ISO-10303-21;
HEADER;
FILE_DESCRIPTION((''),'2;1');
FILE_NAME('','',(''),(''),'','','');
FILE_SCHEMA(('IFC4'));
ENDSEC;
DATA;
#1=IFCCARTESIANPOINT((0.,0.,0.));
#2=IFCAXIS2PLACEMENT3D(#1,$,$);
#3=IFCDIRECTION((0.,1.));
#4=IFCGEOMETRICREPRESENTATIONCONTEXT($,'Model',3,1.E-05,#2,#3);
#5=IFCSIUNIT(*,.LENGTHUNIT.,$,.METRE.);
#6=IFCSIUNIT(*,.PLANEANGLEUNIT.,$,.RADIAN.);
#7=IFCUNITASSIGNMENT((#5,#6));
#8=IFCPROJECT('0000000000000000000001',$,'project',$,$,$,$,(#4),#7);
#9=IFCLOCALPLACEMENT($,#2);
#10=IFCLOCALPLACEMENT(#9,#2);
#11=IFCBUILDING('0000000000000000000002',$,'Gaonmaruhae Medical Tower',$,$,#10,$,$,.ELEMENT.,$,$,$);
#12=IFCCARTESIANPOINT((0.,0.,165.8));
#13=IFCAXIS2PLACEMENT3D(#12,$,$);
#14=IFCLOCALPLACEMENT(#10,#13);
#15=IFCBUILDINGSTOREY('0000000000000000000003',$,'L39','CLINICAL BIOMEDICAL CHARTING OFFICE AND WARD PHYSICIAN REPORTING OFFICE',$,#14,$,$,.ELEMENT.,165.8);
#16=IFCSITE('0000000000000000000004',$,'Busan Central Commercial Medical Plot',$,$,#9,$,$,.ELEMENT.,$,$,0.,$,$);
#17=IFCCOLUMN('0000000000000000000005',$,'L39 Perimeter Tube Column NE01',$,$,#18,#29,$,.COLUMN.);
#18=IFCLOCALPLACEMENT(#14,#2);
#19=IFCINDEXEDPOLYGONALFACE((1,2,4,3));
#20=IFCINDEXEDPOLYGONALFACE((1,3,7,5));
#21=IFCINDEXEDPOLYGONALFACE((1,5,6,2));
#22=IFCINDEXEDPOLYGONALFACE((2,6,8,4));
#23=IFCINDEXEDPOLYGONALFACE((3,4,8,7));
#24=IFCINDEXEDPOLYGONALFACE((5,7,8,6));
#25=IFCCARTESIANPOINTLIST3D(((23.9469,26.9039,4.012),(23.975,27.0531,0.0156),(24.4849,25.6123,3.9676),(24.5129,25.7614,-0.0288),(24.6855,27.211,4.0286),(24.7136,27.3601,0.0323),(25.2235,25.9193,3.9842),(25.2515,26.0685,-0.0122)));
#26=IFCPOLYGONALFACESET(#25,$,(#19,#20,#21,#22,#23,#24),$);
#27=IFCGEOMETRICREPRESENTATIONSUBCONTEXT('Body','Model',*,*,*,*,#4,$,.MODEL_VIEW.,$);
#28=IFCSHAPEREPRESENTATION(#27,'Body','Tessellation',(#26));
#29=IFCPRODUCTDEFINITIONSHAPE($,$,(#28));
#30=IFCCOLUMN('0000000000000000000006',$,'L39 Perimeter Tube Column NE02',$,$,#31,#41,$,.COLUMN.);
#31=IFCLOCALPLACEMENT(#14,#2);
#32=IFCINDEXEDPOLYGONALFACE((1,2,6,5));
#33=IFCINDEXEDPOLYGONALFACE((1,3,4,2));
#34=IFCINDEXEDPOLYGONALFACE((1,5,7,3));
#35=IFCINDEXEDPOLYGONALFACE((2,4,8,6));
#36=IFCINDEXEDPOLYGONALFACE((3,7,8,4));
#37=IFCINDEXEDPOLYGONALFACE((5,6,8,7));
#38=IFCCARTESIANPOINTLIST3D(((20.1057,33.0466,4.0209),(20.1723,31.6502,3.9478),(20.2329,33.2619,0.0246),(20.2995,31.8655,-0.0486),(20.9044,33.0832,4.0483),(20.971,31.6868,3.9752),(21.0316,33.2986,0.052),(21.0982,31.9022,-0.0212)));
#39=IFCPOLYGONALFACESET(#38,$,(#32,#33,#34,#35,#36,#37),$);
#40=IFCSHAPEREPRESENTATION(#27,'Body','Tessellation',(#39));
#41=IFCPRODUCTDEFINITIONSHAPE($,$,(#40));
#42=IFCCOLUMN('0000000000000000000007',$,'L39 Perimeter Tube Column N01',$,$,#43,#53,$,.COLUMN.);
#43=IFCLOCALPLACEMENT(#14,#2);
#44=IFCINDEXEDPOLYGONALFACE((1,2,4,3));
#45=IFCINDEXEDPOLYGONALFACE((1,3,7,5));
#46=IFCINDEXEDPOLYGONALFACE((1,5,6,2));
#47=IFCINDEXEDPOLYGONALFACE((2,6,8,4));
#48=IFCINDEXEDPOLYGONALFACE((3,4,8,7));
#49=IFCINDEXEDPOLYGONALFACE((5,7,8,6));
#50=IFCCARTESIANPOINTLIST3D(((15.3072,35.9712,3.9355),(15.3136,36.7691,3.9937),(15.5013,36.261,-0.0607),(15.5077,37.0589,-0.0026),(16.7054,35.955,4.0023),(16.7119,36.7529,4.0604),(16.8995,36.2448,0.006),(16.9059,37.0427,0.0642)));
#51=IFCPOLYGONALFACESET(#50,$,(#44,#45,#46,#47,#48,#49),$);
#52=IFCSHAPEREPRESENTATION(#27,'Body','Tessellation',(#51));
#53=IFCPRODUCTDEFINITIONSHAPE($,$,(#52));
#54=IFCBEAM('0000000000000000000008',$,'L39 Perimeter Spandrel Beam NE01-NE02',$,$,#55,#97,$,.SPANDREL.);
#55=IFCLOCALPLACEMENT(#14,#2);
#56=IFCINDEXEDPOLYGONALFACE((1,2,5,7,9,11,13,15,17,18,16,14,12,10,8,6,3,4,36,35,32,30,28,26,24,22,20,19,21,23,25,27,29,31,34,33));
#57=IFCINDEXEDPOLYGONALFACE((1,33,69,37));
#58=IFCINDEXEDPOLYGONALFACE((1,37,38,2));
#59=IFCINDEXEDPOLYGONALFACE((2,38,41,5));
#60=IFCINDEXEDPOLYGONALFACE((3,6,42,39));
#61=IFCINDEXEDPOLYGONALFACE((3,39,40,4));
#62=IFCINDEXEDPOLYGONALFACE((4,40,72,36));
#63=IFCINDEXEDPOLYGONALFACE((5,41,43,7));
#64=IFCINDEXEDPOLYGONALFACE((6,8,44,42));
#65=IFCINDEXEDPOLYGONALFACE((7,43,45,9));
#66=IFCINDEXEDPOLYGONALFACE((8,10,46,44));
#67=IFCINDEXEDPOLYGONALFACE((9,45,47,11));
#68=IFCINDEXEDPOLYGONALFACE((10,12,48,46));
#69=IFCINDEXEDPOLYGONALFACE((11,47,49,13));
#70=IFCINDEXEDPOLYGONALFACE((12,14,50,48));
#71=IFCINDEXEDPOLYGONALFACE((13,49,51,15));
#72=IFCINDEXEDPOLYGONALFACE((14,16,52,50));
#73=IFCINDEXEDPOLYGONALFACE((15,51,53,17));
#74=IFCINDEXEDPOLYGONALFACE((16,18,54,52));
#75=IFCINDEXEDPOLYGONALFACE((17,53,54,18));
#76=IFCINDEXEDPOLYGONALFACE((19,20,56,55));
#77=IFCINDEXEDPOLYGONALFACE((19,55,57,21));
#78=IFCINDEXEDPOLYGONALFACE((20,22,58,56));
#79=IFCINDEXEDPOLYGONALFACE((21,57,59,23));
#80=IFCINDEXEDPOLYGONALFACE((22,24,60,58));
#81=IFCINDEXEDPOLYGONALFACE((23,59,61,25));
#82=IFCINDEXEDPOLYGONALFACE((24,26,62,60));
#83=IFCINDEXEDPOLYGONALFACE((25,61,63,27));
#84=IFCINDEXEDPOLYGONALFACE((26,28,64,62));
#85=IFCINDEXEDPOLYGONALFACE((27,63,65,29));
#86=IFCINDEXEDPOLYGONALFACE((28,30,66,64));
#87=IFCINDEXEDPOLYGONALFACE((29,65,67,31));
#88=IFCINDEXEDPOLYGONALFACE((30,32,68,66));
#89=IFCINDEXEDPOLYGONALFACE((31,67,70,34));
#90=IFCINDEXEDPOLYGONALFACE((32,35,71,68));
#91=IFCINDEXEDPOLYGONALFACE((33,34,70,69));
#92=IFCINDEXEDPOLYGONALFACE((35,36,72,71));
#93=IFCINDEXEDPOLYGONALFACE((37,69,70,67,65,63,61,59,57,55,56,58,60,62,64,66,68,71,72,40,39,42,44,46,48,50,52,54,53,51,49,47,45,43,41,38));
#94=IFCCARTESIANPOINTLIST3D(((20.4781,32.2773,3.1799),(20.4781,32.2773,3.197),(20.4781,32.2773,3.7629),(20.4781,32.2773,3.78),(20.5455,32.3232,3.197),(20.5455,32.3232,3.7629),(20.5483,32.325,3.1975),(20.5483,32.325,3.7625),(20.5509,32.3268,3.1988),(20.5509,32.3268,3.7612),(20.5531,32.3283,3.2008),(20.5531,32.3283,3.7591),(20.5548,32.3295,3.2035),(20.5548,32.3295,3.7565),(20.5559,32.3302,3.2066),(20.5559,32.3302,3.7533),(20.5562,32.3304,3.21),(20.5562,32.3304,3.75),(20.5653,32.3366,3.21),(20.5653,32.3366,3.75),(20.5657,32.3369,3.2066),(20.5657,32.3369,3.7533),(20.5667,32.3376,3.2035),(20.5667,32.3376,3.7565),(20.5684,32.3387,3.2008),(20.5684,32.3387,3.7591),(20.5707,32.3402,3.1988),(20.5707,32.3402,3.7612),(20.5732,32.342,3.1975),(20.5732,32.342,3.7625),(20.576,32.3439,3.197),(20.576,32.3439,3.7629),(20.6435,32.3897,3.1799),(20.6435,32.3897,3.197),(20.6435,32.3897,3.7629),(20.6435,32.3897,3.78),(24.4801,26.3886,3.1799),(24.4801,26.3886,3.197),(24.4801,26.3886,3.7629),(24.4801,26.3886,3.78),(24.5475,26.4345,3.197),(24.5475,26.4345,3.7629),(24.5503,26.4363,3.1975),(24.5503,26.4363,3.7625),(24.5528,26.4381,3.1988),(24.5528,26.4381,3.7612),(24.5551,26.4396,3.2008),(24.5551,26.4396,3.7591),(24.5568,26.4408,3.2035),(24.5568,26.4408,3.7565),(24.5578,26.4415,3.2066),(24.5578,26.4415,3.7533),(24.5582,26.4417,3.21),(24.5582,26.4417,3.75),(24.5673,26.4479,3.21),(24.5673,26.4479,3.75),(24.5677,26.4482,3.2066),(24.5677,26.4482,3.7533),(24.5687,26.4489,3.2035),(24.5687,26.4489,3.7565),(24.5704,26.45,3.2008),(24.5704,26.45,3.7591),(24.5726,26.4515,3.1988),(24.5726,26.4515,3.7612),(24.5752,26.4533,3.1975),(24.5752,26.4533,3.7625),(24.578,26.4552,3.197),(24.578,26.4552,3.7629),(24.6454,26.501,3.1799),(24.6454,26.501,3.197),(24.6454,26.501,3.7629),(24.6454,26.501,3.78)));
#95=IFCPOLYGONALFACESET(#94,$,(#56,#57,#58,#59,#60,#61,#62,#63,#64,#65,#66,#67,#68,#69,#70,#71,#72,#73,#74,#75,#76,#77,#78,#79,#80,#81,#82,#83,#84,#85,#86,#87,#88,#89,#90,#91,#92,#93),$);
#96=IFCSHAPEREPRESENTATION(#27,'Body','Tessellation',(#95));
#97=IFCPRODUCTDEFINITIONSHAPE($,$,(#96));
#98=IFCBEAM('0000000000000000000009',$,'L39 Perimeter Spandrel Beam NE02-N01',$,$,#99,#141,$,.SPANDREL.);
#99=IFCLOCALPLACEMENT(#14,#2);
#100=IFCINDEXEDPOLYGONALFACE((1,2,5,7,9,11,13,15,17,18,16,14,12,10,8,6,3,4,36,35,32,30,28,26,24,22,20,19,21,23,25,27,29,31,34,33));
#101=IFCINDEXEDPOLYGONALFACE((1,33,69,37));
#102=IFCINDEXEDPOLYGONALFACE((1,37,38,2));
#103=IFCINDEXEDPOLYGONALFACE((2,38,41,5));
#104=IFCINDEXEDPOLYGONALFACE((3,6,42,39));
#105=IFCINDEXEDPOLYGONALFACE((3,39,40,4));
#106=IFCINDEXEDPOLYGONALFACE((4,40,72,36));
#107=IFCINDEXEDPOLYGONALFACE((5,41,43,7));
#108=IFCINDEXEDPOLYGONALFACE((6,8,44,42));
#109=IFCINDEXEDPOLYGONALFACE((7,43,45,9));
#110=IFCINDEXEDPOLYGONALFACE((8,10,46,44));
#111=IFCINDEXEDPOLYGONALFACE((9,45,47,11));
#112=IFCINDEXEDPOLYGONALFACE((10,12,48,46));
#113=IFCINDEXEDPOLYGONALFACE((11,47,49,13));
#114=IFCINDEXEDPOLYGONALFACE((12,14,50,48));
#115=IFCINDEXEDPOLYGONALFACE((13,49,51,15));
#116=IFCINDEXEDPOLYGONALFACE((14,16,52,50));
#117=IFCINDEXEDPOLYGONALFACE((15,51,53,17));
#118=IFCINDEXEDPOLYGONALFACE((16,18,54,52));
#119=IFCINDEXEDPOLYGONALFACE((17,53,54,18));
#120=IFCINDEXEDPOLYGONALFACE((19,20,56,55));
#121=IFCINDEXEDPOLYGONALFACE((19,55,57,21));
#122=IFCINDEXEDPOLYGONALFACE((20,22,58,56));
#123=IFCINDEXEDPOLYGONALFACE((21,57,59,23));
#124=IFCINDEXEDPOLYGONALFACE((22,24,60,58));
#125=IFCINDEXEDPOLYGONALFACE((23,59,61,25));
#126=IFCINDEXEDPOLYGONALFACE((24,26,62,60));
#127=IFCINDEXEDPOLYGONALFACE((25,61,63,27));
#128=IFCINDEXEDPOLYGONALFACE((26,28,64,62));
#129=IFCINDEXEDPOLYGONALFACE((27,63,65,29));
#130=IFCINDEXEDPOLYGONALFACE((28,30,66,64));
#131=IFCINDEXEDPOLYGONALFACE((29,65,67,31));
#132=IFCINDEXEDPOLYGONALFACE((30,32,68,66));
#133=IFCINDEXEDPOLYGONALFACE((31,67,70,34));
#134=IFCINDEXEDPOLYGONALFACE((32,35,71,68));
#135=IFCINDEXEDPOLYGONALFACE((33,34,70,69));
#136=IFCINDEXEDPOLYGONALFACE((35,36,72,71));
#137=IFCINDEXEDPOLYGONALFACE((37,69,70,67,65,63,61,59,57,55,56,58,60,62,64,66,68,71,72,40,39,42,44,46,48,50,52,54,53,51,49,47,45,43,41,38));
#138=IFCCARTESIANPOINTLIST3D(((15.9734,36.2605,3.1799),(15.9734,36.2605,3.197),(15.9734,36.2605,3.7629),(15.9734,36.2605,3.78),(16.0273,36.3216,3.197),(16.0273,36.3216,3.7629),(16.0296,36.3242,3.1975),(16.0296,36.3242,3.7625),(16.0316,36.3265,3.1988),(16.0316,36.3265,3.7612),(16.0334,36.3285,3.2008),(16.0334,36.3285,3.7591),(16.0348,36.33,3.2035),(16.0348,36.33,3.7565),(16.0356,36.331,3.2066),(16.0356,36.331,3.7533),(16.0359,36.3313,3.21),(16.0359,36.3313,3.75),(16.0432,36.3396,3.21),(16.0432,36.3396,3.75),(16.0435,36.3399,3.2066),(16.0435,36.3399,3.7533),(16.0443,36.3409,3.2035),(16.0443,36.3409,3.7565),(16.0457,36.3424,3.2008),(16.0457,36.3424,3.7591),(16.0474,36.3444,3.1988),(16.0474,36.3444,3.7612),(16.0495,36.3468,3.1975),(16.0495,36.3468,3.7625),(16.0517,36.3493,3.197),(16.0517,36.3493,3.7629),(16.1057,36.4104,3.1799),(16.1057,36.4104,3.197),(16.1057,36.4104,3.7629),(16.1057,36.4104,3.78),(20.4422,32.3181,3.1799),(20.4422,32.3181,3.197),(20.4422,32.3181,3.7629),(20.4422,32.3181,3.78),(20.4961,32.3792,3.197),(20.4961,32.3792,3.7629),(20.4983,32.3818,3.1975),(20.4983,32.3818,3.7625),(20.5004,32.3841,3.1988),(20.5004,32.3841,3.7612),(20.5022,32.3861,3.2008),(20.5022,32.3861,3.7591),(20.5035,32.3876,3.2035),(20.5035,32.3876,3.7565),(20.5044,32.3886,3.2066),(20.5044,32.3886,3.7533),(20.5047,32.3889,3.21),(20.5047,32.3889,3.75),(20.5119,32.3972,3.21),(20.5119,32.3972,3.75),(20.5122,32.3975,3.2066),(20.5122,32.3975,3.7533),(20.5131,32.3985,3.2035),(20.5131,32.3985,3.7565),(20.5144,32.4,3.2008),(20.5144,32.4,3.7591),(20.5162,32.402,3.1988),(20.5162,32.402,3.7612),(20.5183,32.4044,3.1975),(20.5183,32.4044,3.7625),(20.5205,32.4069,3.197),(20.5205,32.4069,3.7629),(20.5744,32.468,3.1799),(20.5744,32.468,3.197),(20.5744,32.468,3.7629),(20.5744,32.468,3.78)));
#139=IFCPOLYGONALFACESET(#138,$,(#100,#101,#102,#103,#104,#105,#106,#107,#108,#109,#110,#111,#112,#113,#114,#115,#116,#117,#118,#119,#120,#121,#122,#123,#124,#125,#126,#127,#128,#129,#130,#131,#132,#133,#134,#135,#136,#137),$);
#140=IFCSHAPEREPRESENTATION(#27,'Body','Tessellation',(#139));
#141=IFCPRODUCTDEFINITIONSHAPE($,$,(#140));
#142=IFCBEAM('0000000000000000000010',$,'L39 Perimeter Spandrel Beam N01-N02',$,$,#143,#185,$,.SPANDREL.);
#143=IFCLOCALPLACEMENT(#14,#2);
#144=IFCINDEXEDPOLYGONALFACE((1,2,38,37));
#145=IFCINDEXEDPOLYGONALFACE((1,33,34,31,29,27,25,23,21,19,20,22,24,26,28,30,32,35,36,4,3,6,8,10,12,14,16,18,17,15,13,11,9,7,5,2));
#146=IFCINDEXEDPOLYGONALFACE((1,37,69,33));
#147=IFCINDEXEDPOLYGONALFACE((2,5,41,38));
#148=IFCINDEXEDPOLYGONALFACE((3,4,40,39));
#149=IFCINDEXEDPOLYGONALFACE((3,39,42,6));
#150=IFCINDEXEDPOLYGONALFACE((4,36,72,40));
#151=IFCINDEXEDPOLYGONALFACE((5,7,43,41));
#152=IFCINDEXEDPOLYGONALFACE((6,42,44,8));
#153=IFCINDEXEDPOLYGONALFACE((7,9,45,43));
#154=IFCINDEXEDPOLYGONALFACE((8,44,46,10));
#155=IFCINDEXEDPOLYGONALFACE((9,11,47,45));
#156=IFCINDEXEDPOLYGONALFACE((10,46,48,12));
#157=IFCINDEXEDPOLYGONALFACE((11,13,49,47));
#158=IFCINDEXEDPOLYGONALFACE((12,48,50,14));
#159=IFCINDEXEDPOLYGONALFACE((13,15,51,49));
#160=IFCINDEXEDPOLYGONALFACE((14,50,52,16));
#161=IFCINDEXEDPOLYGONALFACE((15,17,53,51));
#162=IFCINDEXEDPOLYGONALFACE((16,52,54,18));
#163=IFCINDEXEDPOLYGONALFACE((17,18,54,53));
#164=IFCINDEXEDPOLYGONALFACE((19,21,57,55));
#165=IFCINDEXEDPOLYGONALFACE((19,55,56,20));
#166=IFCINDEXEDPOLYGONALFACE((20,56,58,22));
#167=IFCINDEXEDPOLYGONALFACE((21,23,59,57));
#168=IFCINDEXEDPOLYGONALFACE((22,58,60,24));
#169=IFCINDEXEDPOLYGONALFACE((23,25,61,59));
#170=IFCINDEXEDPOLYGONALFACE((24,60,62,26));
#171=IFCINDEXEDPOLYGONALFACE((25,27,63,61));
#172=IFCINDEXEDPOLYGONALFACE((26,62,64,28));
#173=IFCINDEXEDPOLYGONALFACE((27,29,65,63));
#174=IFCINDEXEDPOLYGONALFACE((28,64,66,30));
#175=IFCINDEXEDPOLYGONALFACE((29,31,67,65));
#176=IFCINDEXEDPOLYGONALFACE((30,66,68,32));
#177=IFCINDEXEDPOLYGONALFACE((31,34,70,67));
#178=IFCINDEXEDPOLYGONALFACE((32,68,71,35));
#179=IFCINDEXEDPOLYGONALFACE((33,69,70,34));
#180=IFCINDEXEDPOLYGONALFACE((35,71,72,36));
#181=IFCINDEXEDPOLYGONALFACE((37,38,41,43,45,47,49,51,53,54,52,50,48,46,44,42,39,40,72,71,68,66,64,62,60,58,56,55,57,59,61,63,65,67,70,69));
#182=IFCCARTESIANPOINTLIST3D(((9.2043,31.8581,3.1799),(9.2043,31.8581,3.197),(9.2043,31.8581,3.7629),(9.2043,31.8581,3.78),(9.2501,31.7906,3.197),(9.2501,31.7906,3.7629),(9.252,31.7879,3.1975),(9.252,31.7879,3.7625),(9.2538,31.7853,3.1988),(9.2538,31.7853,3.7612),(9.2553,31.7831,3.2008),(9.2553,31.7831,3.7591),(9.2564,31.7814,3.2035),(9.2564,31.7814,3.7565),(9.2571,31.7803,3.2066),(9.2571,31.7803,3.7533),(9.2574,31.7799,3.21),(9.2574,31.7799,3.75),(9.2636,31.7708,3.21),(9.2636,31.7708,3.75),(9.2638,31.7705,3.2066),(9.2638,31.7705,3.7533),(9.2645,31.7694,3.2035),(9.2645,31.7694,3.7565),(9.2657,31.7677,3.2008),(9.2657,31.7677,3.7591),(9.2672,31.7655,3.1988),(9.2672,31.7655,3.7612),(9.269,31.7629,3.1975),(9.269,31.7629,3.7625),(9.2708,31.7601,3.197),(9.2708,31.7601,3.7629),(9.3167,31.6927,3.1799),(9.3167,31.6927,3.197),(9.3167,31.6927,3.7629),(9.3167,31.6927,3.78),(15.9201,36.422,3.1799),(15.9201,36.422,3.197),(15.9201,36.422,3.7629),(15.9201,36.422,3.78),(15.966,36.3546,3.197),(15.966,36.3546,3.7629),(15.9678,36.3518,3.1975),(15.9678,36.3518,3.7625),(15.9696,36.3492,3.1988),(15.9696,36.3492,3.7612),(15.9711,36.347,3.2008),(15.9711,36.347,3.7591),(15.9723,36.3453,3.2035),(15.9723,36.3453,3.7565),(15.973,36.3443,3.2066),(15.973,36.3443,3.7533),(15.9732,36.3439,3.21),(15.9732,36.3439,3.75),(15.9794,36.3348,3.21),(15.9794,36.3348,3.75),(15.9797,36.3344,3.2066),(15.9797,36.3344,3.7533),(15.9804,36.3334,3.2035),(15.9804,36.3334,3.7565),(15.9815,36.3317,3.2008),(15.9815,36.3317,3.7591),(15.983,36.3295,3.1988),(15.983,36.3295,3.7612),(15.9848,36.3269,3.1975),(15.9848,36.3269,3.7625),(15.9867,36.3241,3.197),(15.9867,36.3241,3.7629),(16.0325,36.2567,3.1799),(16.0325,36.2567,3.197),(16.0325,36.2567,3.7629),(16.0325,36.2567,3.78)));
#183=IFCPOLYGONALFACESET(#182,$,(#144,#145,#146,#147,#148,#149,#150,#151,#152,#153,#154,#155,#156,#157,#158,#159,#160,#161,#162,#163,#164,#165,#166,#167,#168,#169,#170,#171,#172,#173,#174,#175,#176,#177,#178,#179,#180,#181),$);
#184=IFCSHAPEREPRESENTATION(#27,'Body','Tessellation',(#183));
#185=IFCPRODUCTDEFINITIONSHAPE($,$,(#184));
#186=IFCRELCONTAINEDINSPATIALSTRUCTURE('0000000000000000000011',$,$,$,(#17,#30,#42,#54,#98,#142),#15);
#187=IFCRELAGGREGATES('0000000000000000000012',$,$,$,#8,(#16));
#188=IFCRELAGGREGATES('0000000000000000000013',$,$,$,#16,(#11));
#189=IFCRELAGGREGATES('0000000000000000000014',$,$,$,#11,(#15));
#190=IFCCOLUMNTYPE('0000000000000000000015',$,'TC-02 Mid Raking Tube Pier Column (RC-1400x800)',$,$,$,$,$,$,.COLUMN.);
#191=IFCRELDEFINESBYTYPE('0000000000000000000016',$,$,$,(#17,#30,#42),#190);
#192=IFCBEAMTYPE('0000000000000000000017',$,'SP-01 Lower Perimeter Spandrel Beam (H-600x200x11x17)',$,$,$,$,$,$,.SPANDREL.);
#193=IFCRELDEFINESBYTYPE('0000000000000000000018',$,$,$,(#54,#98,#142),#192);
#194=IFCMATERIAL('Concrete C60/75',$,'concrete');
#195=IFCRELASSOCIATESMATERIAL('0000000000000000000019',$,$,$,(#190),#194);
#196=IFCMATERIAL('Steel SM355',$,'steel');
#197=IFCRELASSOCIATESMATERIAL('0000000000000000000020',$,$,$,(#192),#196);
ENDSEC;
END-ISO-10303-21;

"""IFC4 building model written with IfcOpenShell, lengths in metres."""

from ifc_helpers import new_model, si_unit, direction, frame, origin, origin_2d, place, context, subcontext, project, spatial, rectangle, i_section, extrude, material, material_profile, profile_set, type_object, element, save


model = new_model("IFC4")

# Units and contexts
model_context = context("Model", 3, precision=1e-05, world=origin(), true_north=direction((0.0, 1.0)))
body_context = subcontext(model_context, "Body", "Model", "MODEL_VIEW")
ifc_project = project(units=[si_unit("LENGTHUNIT", "METRE"), si_unit("PLANEANGLEUNIT", "RADIAN")], contexts=[model_context])

# Site, building, storey
site_placement = place(None, origin())
site = spatial("IfcSite", under=ifc_project, at=site_placement, Name="Busan Central Commercial Medical Plot", CompositionType="ELEMENT", RefElevation=0.0)
building_placement = place(site_placement, origin())
building = spatial("IfcBuilding", under=site, at=building_placement, Name="Gaonmaruhae Medical Tower", CompositionType="ELEMENT")
storey_placement = place(building_placement, frame((0.0, 0.0, 165.8)))
storey = spatial("IfcBuildingStorey", under=building, at=storey_placement, Name="L39", Description="CLINICAL BIOMEDICAL CHARTING OFFICE AND WARD PHYSICIAN REPORTING OFFICE", CompositionType="ELEMENT", Elevation=165.8)

# Columns
ifc_material_1 = material(Name="Concrete C60/75", Category="concrete")
ifc_material_profile_1 = material_profile(ifc_material_1, rectangle(XDim=1.3999, YDim=0.8, at=origin_2d()), Name="RC-1400x800")
ifc_profile_set_1 = profile_set([ifc_material_profile_1], Name="Concrete C60/75")
column_type = type_object("IfcColumnType", Name="TC-02 Mid Raking Tube Pier Column (RC-1400x800)", PredefinedType="COLUMN", material=ifc_profile_set_1)
column_1_placement = place(storey_placement, frame((24.6133, 26.5608, 0.0017), z_axis=(-0.00702, -0.0373, 0.999279), x_axis=(-0.384257, 0.92268, 0.031741)))
element("IfcColumn", 1, at=column_1_placement, inside=storey, type_object=column_type, Name="L39 Perimeter Tube Column NE01", PredefinedType="COLUMN", context=body_context, shape_type="SweptSolid", body=[
    extrude(rectangle(XDim=1.3999, YDim=0.8, at=origin_2d()), origin(), (0.0, 0.0, 1.0), 3.9993),
])
column_2_placement = place(storey_placement, frame((20.6655, 32.582, 0.0017), z_axis=(-0.031766, -0.053777, 0.998048), x_axis=(-0.04758, 0.997501, 0.052233)))
element("IfcColumn", 2, at=column_2_placement, inside=storey, type_object=column_type, Name="L39 Perimeter Tube Column NE02", PredefinedType="COLUMN", context=body_context, shape_type="SweptSolid", body=[
    extrude(rectangle(XDim=1.3999, YDim=0.8, at=origin_2d()), origin(), (0.0, 0.0, 1.0), 4.0042),
])
column_3_placement = place(storey_placement, frame((16.2036, 36.6519, 0.0017), z_axis=(-0.048383, -0.072241, 0.996213), x_axis=(0.998796, -0.011541, 0.047672)))
element("IfcColumn", 3, at=column_3_placement, inside=storey, type_object=column_type, Name="L39 Perimeter Tube Column N01", PredefinedType="COLUMN", context=body_context, shape_type="SweptSolid", body=[
    extrude(rectangle(XDim=1.3999, YDim=0.8, at=origin_2d()), origin(), (0.0, 0.0, 1.0), 4.0115),
])

# Beams
ifc_material_2 = material(Name="Steel SM355", Category="steel")
ifc_material_profile_2 = material_profile(ifc_material_2, i_section(OverallWidth=0.2, OverallDepth=0.6001, WebThickness=0.011, FlangeThickness=0.0171, FilletRadius=0.0129, at=origin_2d()), Name="H-600x200x11x17")
ifc_profile_set_2 = profile_set([ifc_material_profile_2], Name="Steel SM355")
beam_type = type_object("IfcBeamType", Name="SP-01 Lower Perimeter Spandrel Beam (H-600x200x11x17)", PredefinedType="SPANDREL", material=ifc_profile_set_2)
beam_1_placement = place(storey_placement, frame((24.5627, 26.4448, 3.48), z_axis=(-0.562085, 0.82708, 0.0), x_axis=(-0.82708, -0.562085, 0.0)))
element("IfcBeam", 4, at=beam_1_placement, inside=storey, type_object=beam_type, Name="L39 Perimeter Spandrel Beam NE01-NE02", PredefinedType="SPANDREL", context=body_context, shape_type="SweptSolid", body=[
    extrude(i_section(OverallWidth=0.2, OverallDepth=0.6001, WebThickness=0.011, FlangeThickness=0.0171, FilletRadius=0.0129, at=origin_2d()), origin(), (0.0, 0.0, 1.0), 7.1199),
])
beam_2_placement = place(storey_placement, frame((20.5083, 32.3931, 3.48), z_axis=(-0.74989, 0.661562, 0.0), x_axis=(-0.661562, -0.74989, 0.0)))
element("IfcBeam", 5, at=beam_2_placement, inside=storey, type_object=beam_type, Name="L39 Perimeter Spandrel Beam NE02-N01", PredefinedType="SPANDREL", context=body_context, shape_type="SweptSolid", body=[
    extrude(i_section(OverallWidth=0.2, OverallDepth=0.6001, WebThickness=0.011, FlangeThickness=0.0171, FilletRadius=0.0129, at=origin_2d()), origin(), (0.0, 0.0, 1.0), 5.9592),
])
beam_3_placement = place(storey_placement, frame((15.9763, 36.3394, 3.48), z_axis=(-0.827086, -0.562075, 0.0), x_axis=(0.562075, -0.827086, 0.0)))
element("IfcBeam", 6, at=beam_3_placement, inside=storey, type_object=beam_type, Name="L39 Perimeter Spandrel Beam N01-N02", PredefinedType="SPANDREL", context=body_context, shape_type="SweptSolid", body=[
    extrude(i_section(OverallWidth=0.2, OverallDepth=0.6001, WebThickness=0.011, FlangeThickness=0.0171, FilletRadius=0.0129, at=origin_2d()), origin(), (0.0, 0.0, 1.0), 8.1199),
])

save(model, "model.ifc")
